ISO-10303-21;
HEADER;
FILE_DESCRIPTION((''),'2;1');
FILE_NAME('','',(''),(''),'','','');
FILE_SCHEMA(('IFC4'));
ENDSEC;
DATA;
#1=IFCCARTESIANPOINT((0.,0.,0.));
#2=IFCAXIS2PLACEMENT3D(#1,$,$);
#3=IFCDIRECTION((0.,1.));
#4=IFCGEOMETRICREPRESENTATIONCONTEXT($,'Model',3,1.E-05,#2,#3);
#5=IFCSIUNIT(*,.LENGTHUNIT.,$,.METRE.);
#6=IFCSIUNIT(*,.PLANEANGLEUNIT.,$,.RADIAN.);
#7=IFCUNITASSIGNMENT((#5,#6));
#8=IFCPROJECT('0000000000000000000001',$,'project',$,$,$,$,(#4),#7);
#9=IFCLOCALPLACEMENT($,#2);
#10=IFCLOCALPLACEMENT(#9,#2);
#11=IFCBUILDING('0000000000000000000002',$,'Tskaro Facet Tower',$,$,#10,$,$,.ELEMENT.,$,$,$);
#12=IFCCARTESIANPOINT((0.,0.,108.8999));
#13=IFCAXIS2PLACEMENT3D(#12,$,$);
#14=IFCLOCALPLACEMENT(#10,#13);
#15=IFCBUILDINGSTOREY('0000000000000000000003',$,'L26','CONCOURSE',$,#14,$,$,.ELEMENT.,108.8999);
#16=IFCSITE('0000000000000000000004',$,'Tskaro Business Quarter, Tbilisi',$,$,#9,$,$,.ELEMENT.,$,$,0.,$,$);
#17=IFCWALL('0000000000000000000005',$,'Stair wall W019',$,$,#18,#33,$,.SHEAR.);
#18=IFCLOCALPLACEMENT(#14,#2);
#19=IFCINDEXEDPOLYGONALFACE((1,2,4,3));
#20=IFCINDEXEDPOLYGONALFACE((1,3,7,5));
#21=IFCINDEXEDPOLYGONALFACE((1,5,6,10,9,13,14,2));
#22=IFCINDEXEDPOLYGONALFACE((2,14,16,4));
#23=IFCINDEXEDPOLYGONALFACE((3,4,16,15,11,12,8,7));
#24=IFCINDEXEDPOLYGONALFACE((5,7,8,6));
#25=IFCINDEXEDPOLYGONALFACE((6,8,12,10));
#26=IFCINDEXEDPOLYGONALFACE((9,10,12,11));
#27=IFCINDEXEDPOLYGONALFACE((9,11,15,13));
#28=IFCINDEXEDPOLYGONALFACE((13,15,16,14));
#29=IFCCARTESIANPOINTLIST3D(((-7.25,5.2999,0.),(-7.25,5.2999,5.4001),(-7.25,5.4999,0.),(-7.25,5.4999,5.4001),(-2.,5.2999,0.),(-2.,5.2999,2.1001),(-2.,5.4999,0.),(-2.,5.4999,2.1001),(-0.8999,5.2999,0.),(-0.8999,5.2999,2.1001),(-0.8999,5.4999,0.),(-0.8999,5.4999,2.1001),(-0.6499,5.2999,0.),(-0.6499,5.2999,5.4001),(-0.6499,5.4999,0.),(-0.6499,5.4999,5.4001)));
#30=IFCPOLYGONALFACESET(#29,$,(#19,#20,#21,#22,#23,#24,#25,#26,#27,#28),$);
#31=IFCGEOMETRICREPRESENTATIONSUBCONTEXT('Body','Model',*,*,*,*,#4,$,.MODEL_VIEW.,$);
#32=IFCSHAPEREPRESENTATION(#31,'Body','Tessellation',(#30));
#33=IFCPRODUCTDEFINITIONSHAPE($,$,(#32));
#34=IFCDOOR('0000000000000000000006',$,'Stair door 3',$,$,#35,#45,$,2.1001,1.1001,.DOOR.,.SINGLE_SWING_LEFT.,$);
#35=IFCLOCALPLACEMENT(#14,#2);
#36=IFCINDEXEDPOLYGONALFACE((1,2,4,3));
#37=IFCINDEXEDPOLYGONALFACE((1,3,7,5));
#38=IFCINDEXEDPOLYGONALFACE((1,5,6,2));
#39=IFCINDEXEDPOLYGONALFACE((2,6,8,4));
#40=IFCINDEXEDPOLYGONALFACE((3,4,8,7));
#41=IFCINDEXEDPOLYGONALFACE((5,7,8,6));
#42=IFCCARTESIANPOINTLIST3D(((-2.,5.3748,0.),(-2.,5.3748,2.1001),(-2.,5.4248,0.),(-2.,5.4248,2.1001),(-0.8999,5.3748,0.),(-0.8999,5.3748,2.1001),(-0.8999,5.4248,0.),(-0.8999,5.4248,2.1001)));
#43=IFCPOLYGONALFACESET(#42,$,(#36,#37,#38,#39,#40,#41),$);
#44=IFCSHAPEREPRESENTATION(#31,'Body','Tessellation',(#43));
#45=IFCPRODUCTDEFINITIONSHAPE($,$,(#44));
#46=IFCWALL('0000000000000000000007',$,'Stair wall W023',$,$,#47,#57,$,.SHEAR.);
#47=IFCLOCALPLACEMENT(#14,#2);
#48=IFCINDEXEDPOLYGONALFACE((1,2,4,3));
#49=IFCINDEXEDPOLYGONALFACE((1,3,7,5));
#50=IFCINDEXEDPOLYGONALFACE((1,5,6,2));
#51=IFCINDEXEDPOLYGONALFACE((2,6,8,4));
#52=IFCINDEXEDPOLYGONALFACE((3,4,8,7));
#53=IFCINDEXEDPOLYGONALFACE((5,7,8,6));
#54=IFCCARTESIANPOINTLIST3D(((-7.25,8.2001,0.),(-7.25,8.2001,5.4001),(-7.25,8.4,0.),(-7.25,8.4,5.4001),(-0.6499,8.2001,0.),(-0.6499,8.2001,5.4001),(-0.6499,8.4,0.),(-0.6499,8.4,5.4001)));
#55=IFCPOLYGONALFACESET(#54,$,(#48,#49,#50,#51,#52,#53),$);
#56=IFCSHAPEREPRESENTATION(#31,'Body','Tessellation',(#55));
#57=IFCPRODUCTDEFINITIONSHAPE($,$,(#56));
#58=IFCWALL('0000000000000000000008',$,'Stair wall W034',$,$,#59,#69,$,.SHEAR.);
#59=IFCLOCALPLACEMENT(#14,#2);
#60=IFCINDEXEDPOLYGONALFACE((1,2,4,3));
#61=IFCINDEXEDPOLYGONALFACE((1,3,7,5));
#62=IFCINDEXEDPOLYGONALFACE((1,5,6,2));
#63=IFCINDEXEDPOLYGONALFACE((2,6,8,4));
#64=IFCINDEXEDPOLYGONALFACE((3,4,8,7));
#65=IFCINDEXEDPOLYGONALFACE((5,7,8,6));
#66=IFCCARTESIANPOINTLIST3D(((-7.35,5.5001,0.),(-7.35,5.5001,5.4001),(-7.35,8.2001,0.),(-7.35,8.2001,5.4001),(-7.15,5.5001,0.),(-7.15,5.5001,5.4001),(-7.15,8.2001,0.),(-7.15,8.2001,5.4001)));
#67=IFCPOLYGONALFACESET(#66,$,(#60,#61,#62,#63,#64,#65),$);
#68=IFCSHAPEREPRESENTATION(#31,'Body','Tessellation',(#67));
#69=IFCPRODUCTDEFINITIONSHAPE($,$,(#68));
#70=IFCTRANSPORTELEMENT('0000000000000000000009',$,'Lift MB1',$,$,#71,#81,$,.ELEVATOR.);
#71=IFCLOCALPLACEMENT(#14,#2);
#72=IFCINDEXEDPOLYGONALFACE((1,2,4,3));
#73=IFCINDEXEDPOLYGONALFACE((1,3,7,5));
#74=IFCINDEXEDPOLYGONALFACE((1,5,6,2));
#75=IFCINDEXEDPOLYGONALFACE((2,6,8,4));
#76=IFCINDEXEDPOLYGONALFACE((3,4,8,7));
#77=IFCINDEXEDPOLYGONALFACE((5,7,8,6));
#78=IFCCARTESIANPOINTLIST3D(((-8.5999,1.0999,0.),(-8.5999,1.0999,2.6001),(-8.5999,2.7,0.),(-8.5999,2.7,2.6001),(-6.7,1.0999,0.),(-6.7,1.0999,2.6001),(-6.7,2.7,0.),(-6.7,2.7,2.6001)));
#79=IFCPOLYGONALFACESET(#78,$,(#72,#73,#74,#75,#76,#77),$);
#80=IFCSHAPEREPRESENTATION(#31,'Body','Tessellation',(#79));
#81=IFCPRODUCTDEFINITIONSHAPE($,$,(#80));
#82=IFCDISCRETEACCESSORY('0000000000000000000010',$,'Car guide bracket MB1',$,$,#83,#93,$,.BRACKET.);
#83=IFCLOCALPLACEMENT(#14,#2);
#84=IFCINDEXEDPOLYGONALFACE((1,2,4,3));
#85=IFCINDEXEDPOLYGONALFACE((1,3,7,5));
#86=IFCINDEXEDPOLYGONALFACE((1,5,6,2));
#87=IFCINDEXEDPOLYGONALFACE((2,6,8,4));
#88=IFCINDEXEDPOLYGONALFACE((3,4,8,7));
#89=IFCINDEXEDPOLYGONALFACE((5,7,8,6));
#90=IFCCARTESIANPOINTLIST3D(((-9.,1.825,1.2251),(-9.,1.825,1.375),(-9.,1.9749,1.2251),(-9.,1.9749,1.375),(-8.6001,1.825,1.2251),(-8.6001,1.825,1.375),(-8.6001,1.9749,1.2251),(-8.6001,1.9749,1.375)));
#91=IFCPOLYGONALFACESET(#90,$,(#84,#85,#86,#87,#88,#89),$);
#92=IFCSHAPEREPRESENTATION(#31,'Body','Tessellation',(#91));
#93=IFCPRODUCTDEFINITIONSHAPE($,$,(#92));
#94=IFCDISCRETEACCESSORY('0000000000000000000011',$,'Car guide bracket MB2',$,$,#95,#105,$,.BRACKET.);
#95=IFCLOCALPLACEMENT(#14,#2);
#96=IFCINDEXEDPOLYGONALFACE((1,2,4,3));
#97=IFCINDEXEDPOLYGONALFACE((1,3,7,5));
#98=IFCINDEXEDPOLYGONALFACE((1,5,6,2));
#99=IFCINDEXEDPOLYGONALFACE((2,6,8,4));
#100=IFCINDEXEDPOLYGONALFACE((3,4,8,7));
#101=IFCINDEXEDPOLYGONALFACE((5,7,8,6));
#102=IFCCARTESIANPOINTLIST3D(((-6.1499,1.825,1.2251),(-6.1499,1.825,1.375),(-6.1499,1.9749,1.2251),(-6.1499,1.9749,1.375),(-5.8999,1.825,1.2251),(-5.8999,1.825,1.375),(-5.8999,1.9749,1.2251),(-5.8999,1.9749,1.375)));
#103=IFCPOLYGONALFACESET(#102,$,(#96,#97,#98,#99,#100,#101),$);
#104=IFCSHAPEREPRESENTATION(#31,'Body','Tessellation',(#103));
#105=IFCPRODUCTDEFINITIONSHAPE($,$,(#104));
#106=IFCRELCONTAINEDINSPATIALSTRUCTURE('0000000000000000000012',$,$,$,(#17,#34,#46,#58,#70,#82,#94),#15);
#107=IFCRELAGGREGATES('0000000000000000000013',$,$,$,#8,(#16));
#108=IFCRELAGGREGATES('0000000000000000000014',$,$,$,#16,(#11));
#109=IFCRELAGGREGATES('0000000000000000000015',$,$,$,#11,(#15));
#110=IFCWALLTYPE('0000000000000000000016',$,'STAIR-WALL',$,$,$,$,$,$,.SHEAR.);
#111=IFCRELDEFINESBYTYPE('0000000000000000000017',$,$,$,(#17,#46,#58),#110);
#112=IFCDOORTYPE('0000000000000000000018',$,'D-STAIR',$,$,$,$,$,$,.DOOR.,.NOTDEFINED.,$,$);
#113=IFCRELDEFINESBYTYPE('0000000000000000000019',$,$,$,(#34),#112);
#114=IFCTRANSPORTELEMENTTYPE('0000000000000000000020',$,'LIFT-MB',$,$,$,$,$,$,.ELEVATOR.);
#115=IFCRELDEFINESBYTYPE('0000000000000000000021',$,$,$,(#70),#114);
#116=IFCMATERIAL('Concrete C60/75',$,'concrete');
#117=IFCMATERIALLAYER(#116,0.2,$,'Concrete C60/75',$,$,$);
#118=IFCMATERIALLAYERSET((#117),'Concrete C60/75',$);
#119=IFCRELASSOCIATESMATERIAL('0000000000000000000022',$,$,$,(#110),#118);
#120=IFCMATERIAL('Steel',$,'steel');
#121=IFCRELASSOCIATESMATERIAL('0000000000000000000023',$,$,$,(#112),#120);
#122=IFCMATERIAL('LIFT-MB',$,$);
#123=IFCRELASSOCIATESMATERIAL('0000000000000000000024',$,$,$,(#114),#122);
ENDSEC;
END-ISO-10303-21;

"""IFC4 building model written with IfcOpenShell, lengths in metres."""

from ifc_helpers import new_model, si_unit, direction, frame, frame_2d, origin, origin_2d, place, context, subcontext, project, spatial, rectangle, extrude, material, layer, layer_set, type_object, element, fill, save


model = new_model("IFC4")

# Units and contexts
model_context = context("Model", 3, precision=1e-05, world=origin(), true_north=direction((0.0, 1.0)))
body_context = subcontext(model_context, "Body", "Model", "MODEL_VIEW")
ifc_project = project(units=[si_unit("LENGTHUNIT", "METRE"), si_unit("PLANEANGLEUNIT", "RADIAN")], contexts=[model_context])

# Site, building, storey
site_placement = place(None, origin())
site = spatial("IfcSite", under=ifc_project, at=site_placement, Name="Tskaro Business Quarter, Tbilisi", CompositionType="ELEMENT", RefElevation=0.0)
building_placement = place(site_placement, origin())
building = spatial("IfcBuilding", under=site, at=building_placement, Name="Tskaro Facet Tower", CompositionType="ELEMENT")
storey_placement = place(building_placement, frame((0.0, 0.0, 108.8999)))
storey = spatial("IfcBuildingStorey", under=building, at=storey_placement, Name="L26", Description="CONCOURSE", CompositionType="ELEMENT", Elevation=108.8999)

# Shared definitions
ifc_material_1 = material(Name="Concrete C60/75", Category="concrete")

# Wall, opening, door
ifc_layer_1 = layer(ifc_material_1, 0.2, Name="Concrete C60/75")
ifc_layer_set_1 = layer_set([ifc_layer_1], Name="Concrete C60/75")
wall_type_1 = type_object("IfcWallType", Name="STAIR-WALL", PredefinedType="SHEAR", material=ifc_layer_set_1)
wall_1_placement = place(storey_placement, frame((-7.25, 5.3999, 0.0), z_axis=(0.0, 0.0, 1.0), x_axis=(1.0, 0.0, 0.0)))
wall_1 = element("IfcWall", 1, at=wall_1_placement, inside=storey, type_object=wall_type_1, Name="Stair wall W019", PredefinedType="SHEAR", context=body_context, shape_type="SweptSolid", body=[
    extrude(rectangle(XDim=6.6001, YDim=0.2, at=frame_2d((3.3, 0.0))), origin(), (0.0, 0.0, 1.0), 5.4001),
])
opening_1_placement = place(wall_1_placement, frame((5.25, 0.0, 0.0)))
opening_1 = element("IfcOpeningElement", 2, at=opening_1_placement, cuts=wall_1, PredefinedType="OPENING", context=body_context, shape_type="SweptSolid", body=[
    extrude(rectangle(XDim=1.1001, YDim=2.1001, at=frame_2d((0.55, 1.05))), frame((0.0, 0.1099, 0.0), z_axis=(0.0, -1.0, 0.0), x_axis=(1.0, 0.0, 0.0)), (0.0, 0.0, 1.0), 0.22),
])
ifc_material_2 = material(Name="Steel", Category="steel")
door_type_1 = type_object("IfcDoorType", Name="D-STAIR", OperationType="NOTDEFINED", PredefinedType="DOOR", material=ifc_material_2)
door_1_placement = place(opening_1_placement, origin())
door_1 = element("IfcDoor", 3, at=door_1_placement, inside=storey, type_object=door_type_1, Name="Stair door 3", OperationType="SINGLE_SWING_LEFT", OverallHeight=2.1001, OverallWidth=1.1001, PredefinedType="DOOR", context=body_context, shape_type="SweptSolid", body=[
    extrude(rectangle(XDim=1.1001, YDim=2.1001, at=frame_2d((0.55, 1.05))), frame((0.0, 0.0249, 0.0), z_axis=(0.0, -1.0, 0.0), x_axis=(1.0, 0.0, 0.0)), (0.0, 0.0, 1.0), 0.05),
])
fill(opening_1, door_1)

# Walls
wall_2_placement = place(storey_placement, frame((-7.25, 8.3, 0.0), z_axis=(0.0, 0.0, 1.0), x_axis=(1.0, 0.0, 0.0)))
element("IfcWall", 4, at=wall_2_placement, inside=storey, type_object=wall_type_1, Name="Stair wall W023", PredefinedType="SHEAR", context=body_context, shape_type="SweptSolid", body=[
    extrude(rectangle(XDim=6.6001, YDim=0.2, at=frame_2d((3.3, 0.0))), origin(), (0.0, 0.0, 1.0), 5.4001),
])
wall_3_placement = place(storey_placement, frame((-7.25, 5.5, 0.0), z_axis=(0.0, 0.0, 1.0), x_axis=(0.0, 1.0, 0.0)))
element("IfcWall", 5, at=wall_3_placement, inside=storey, type_object=wall_type_1, Name="Stair wall W034", PredefinedType="SHEAR", context=body_context, shape_type="SweptSolid", body=[
    extrude(rectangle(XDim=2.7, YDim=0.2, at=frame_2d((1.3501, 0.0))), origin(), (0.0, 0.0, 1.0), 5.4001),
])

# Transport element
ifc_material_3 = material(Name="LIFT-MB")
transport_element_type = type_object("IfcTransportElementType", Name="LIFT-MB", PredefinedType="ELEVATOR", material=ifc_material_3)
transport_element_placement = place(storey_placement, frame((-7.6499, 1.8999, 0.0), z_axis=(0.0, 0.0, 1.0), x_axis=(1.0, 0.0, 0.0)))
element("IfcTransportElement", 6, at=transport_element_placement, inside=storey, type_object=transport_element_type, Name="Lift MB1", PredefinedType="ELEVATOR", context=body_context, shape_type="SweptSolid", body=[
    extrude(rectangle(XDim=1.8999, YDim=1.6001, at=origin_2d()), origin(), (0.0, 0.0, 1.0), 2.6001),
])

# Discrete accessories
discrete_accessory_1_placement = place(storey_placement, frame((-8.8, 1.8999, 1.2251), z_axis=(0.0, 0.0, 1.0), x_axis=(1.0, 0.0, 0.0)))
element("IfcDiscreteAccessory", 7, at=discrete_accessory_1_placement, inside=storey, Name="Car guide bracket MB1", PredefinedType="BRACKET", context=body_context, shape_type="SweptSolid", body=[
    extrude(rectangle(XDim=0.3999, YDim=0.1499, at=origin_2d()), origin(), (0.0, 0.0, 1.0), 0.1499),
])
discrete_accessory_2_placement = place(storey_placement, frame((-6.0249, 1.8999, 1.2251), z_axis=(0.0, 0.0, 1.0), x_axis=(1.0, 0.0, 0.0)))
element("IfcDiscreteAccessory", 8, at=discrete_accessory_2_placement, inside=storey, Name="Car guide bracket MB2", PredefinedType="BRACKET", context=body_context, shape_type="SweptSolid", body=[
    extrude(rectangle(XDim=0.25, YDim=0.1499, at=origin_2d()), origin(), (0.0, 0.0, 1.0), 0.1499),
])

save(model, "model.ifc")
